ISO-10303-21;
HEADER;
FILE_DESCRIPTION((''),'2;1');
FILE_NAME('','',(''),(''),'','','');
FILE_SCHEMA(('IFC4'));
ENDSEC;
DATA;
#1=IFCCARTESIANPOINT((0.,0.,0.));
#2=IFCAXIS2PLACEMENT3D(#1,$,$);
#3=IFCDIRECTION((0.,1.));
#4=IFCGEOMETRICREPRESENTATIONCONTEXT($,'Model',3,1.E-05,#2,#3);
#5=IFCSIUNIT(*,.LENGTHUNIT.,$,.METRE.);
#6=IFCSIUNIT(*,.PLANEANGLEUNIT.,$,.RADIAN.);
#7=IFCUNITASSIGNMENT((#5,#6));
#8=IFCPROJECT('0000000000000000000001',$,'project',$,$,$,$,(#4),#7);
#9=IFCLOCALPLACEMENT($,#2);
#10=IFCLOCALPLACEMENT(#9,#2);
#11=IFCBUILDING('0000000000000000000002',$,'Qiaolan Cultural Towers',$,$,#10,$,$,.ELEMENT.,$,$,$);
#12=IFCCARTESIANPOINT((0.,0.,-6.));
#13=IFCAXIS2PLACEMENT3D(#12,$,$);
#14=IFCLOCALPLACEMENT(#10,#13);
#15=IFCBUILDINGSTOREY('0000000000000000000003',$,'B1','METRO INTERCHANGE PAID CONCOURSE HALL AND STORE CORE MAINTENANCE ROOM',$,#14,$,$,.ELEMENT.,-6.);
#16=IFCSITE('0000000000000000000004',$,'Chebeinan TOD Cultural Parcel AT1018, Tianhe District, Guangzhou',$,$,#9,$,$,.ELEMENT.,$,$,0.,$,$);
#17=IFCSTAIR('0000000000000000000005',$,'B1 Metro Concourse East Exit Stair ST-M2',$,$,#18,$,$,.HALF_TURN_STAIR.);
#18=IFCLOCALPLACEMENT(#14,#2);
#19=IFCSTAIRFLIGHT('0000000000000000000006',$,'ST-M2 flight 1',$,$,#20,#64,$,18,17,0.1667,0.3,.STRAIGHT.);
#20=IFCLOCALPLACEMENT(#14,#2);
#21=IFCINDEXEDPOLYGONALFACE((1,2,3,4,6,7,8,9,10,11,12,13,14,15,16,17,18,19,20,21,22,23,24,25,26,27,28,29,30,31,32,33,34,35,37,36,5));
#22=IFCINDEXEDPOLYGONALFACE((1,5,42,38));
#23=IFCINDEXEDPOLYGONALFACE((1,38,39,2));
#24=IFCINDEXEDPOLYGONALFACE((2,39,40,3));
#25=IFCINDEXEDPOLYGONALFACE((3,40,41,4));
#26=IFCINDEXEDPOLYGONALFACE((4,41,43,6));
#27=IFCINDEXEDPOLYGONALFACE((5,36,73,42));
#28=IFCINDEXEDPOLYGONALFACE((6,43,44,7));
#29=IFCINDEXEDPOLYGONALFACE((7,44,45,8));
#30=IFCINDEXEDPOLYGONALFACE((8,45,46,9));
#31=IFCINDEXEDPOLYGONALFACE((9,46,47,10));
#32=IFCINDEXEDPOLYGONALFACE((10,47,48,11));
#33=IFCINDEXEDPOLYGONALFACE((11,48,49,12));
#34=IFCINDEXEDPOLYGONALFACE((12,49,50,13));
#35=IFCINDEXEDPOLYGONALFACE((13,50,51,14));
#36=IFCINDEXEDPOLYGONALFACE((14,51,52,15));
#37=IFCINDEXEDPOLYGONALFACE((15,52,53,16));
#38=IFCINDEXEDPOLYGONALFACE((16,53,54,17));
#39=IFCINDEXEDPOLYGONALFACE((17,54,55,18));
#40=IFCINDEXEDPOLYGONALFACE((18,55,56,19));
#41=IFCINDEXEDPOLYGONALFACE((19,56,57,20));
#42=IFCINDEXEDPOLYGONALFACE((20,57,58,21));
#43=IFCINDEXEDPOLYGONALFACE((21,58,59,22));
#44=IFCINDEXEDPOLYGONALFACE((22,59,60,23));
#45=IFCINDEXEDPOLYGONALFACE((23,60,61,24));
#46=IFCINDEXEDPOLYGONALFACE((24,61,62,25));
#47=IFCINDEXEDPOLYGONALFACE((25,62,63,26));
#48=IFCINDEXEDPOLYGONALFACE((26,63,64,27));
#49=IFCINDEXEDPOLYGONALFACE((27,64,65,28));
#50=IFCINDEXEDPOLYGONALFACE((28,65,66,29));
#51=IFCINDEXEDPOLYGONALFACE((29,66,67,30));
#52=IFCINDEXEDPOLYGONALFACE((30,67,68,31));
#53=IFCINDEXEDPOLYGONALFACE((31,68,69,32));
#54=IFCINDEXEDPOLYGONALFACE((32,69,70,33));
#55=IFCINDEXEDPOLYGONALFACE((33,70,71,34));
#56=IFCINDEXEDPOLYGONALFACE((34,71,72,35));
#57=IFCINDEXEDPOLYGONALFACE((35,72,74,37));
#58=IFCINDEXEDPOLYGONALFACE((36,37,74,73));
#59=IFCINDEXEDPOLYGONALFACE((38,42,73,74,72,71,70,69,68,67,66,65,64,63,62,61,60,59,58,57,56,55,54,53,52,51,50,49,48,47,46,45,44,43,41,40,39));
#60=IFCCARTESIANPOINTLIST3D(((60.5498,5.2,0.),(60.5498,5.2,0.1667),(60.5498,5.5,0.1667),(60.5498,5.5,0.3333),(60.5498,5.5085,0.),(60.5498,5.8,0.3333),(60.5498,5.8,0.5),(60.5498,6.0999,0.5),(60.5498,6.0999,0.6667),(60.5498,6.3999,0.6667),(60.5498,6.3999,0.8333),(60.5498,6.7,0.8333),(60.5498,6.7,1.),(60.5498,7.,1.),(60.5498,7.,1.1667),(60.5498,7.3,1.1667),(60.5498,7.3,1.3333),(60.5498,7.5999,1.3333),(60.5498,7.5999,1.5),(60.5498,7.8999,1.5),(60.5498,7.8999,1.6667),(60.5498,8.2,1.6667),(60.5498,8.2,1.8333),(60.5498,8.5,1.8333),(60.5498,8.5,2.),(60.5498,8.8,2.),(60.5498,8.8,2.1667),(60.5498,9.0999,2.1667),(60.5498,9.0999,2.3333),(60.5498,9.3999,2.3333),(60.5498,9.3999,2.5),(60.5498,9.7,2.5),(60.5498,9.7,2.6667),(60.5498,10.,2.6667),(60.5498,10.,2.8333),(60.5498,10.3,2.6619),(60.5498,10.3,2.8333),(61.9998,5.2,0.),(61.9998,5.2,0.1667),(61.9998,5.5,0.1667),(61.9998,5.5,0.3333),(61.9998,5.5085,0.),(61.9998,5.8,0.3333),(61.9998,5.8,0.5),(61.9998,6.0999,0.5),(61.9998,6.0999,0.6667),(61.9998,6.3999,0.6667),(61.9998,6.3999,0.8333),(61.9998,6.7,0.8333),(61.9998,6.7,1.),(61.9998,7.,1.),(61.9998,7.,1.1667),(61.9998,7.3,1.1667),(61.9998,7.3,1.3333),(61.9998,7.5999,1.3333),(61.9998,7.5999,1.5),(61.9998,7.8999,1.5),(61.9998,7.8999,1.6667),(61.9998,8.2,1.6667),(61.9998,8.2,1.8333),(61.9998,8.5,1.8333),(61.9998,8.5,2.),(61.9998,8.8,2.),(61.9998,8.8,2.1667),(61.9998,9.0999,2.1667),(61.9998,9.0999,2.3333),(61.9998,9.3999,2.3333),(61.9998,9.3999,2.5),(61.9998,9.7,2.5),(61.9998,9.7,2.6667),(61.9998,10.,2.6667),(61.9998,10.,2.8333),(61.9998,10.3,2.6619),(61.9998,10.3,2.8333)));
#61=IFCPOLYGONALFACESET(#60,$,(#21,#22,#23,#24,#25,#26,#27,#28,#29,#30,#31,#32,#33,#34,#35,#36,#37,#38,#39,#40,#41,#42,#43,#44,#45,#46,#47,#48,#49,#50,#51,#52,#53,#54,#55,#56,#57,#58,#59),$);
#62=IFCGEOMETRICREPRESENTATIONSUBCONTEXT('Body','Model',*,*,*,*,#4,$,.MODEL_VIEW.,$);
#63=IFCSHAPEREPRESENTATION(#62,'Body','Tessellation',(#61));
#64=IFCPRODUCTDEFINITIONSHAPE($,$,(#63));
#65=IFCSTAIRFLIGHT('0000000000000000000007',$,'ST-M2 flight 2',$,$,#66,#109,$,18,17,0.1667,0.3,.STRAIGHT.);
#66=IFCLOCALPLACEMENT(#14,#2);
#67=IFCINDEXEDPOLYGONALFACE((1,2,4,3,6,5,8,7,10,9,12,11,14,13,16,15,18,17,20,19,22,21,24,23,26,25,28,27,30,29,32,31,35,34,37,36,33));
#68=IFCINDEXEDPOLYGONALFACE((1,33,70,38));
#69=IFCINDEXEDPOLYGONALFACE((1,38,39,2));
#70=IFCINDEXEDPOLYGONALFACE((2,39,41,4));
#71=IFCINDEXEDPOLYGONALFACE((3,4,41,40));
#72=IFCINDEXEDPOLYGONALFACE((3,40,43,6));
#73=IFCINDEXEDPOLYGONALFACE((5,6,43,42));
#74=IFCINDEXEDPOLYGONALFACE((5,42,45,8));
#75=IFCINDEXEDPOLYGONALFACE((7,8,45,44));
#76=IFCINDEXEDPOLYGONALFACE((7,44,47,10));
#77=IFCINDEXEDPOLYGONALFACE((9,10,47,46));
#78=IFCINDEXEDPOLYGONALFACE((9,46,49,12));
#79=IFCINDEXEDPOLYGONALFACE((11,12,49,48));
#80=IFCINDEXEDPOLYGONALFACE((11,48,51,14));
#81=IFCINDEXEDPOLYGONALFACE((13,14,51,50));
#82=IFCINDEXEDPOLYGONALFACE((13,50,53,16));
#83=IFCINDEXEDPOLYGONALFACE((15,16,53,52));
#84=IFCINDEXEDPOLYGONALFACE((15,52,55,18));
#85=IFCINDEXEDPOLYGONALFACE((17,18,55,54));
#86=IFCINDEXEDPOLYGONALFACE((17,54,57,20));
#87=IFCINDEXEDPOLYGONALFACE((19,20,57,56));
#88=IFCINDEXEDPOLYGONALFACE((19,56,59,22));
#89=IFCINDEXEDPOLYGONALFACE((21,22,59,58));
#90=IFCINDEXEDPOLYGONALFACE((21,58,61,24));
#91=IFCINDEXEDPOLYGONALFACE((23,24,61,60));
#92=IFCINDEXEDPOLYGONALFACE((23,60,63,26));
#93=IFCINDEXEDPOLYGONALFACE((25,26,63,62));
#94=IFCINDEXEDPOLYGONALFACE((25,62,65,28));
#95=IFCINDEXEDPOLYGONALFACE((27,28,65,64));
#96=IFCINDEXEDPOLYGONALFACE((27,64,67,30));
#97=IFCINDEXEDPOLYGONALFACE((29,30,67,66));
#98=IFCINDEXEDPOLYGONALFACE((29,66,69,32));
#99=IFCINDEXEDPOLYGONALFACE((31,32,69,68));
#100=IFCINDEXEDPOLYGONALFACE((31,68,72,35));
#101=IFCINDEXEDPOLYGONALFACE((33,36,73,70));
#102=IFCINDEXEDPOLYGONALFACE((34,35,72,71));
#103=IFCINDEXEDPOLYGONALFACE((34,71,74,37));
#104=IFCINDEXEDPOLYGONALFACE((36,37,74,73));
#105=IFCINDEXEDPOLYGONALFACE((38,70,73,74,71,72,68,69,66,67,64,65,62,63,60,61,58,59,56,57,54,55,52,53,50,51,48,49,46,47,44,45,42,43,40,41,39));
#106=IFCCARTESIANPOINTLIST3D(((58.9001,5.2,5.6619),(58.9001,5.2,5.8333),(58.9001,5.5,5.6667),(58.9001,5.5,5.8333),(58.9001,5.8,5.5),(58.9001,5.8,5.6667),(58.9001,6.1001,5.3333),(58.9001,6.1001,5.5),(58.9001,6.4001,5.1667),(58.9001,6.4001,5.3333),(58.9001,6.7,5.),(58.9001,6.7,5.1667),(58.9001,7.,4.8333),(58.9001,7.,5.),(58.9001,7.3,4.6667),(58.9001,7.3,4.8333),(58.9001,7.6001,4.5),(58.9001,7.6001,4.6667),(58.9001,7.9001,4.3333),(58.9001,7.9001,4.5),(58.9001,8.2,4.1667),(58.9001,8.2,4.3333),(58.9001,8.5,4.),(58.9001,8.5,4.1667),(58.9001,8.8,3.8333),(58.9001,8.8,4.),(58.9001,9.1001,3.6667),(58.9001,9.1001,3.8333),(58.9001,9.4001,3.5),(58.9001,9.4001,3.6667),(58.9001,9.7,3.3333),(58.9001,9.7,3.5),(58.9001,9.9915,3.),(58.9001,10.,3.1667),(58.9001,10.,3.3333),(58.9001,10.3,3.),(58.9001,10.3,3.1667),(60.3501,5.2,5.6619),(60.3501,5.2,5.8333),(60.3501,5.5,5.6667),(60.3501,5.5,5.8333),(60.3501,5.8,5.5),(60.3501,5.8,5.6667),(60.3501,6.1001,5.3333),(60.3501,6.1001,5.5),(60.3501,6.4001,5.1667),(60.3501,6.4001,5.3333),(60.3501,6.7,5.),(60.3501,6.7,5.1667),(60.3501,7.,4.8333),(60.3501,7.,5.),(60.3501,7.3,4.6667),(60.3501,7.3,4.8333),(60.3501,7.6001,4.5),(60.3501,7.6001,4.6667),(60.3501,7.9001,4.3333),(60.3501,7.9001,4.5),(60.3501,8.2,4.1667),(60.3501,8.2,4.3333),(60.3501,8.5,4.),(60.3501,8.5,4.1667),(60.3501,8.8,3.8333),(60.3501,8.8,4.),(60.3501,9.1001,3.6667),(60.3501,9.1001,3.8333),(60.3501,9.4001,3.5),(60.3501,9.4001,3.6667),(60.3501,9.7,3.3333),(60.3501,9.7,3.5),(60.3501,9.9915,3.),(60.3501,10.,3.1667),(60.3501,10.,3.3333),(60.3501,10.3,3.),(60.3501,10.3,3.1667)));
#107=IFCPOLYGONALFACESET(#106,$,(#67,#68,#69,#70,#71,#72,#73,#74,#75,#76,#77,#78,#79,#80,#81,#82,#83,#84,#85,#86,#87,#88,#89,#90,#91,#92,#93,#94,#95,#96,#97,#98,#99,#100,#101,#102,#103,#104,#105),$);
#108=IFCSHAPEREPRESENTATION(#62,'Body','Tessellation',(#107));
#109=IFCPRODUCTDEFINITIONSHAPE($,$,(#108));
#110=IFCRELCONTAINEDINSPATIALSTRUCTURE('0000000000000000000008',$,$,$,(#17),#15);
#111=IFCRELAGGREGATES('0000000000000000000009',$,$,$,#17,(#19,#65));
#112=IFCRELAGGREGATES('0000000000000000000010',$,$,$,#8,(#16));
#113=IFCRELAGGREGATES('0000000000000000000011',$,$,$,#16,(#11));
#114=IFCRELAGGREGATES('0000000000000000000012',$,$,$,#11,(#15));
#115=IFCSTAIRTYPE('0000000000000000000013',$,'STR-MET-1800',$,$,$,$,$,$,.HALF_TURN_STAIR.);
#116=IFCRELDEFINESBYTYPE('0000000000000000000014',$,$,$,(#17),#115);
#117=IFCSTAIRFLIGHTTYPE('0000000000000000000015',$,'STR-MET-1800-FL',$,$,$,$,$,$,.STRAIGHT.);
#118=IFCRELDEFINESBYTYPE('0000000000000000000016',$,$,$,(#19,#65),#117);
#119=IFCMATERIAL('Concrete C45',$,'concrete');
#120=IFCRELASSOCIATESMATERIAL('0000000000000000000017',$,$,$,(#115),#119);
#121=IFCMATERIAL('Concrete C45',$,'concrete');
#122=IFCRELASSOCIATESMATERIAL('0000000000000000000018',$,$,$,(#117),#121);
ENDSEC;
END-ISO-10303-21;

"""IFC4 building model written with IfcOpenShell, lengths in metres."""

from ifc_helpers import new_model, si_unit, direction, frame, origin, place, context, subcontext, project, spatial, polyline, outline, extrude, material, type_object, element, aggregate, save


model = new_model("IFC4")

# Units and contexts
model_context = context("Model", 3, precision=1e-05, world=origin(), true_north=direction((0.0, 1.0)))
body_context = subcontext(model_context, "Body", "Model", "MODEL_VIEW")
ifc_project = project(units=[si_unit("LENGTHUNIT", "METRE"), si_unit("PLANEANGLEUNIT", "RADIAN")], contexts=[model_context])

# Site, building, storey
site_placement = place(None, origin())
site = spatial("IfcSite", under=ifc_project, at=site_placement, Name="Chebeinan TOD Cultural Parcel AT1018, Tianhe District, Guangzhou", CompositionType="ELEMENT", RefElevation=0.0)
building_placement = place(site_placement, origin())
building = spatial("IfcBuilding", under=site, at=building_placement, Name="Qiaolan Cultural Towers", CompositionType="ELEMENT")
storey_placement = place(building_placement, frame((0.0, 0.0, -6.0)))
storey = spatial("IfcBuildingStorey", under=building, at=storey_placement, Name="B1", Description="METRO INTERCHANGE PAID CONCOURSE HALL AND STORE CORE MAINTENANCE ROOM", CompositionType="ELEMENT", Elevation=-6.0)

# Shared definitions
ifc_material_1 = material(Name="Concrete C45", Category="concrete")
stair_type = type_object("IfcStairType", Name="STR-MET-1800", PredefinedType="HALF_TURN_STAIR", material=ifc_material_1)
ifc_material_2 = material(Name="Concrete C45", Category="concrete")
stair_flight_type = type_object("IfcStairFlightType", Name="STR-MET-1800-FL", PredefinedType="STRAIGHT", material=ifc_material_2)

# Stair, stair flights
stair_1_placement = place(storey_placement, origin())
stair_1 = element("IfcStair", 1, at=stair_1_placement, inside=storey, type_object=stair_type, Name="B1 Metro Concourse East Exit Stair ST-M2", PredefinedType="HALF_TURN_STAIR")
stair_flight_1_placement = place(storey_placement, frame((61.2749, 5.2, 0.0), z_axis=(0.0, 0.0, 1.0), x_axis=(0.0, 1.0, 0.0)))
stair_flight_1 = element("IfcStairFlight", 2, at=stair_flight_1_placement, type_object=stair_flight_type, Name="ST-M2 flight 1", NumberOfRisers=18, NumberOfTreads=17, PredefinedType="STRAIGHT", RiserHeight=0.1667, TreadLength=0.3, context=body_context, shape_type="SweptSolid", body=[
    extrude(outline(polyline([(0.0, 0.0), (0.0, 0.1667), (0.3, 0.1667), (0.3, 0.3333), (0.6001, 0.3333), (0.6001, 0.5), (0.8999, 0.5), (0.8999, 0.6667), (1.2, 0.6667), (1.2, 0.8333), (1.5, 0.8333), (1.5, 1.0), (1.8, 1.0), (1.8, 1.1667), (2.1001, 1.1667), (2.1001, 1.3333), (2.3999, 1.3333), (2.3999, 1.5), (2.7, 1.5), (2.7, 1.6667), (3.0, 1.6667), (3.0, 1.8333), (3.3, 1.8333), (3.3, 2.0), (3.6001, 2.0), (3.6001, 2.1667), (3.8999, 2.1667), (3.8999, 2.3333), (4.2, 2.3333), (4.2, 2.5), (4.5, 2.5), (4.5, 2.6667), (4.8, 2.6667), (4.8, 2.8333), (5.1001, 2.8333), (5.1001, 3.0), (5.1001, 2.6619), (0.3086, 0.0), (0.0, 0.0)])), frame((0.0, 0.7251, 0.0), z_axis=(0.0, -1.0, 0.0), x_axis=(1.0, 0.0, 0.0)), (0.0, 0.0, 1.0), 1.45),
])
stair_flight_2_placement = place(storey_placement, frame((59.625, 10.3, 3.0), z_axis=(0.0, 0.0, 1.0), x_axis=(0.0, -1.0, 0.0)))
stair_flight_2 = element("IfcStairFlight", 3, at=stair_flight_2_placement, type_object=stair_flight_type, Name="ST-M2 flight 2", NumberOfRisers=18, NumberOfTreads=17, PredefinedType="STRAIGHT", RiserHeight=0.1667, TreadLength=0.3, context=body_context, shape_type="SweptSolid", body=[
    extrude(outline(polyline([(0.0, 0.0), (0.0, 0.1667), (0.3, 0.1667), (0.3, 0.3333), (0.6001, 0.3333), (0.6001, 0.5), (0.8999, 0.5), (0.8999, 0.6667), (1.2, 0.6667), (1.2, 0.8333), (1.5, 0.8333), (1.5, 1.0), (1.8, 1.0), (1.8, 1.1667), (2.1001, 1.1667), (2.1001, 1.3333), (2.3999, 1.3333), (2.3999, 1.5), (2.7, 1.5), (2.7, 1.6667), (3.0, 1.6667), (3.0, 1.8333), (3.3, 1.8333), (3.3, 2.0), (3.6001, 2.0), (3.6001, 2.1667), (3.8999, 2.1667), (3.8999, 2.3333), (4.2, 2.3333), (4.2, 2.5), (4.5, 2.5), (4.5, 2.6667), (4.8, 2.6667), (4.8, 2.8333), (5.1001, 2.8333), (5.1001, 3.0), (5.1001, 2.6619), (0.3086, 0.0), (0.0, 0.0)])), frame((0.0, 0.7251, 0.0), z_axis=(0.0, -1.0, 0.0), x_axis=(1.0, 0.0, 0.0)), (0.0, 0.0, 1.0), 1.45),
])
aggregate(stair_1, [stair_flight_1, stair_flight_2])

save(model, "model.ifc")
